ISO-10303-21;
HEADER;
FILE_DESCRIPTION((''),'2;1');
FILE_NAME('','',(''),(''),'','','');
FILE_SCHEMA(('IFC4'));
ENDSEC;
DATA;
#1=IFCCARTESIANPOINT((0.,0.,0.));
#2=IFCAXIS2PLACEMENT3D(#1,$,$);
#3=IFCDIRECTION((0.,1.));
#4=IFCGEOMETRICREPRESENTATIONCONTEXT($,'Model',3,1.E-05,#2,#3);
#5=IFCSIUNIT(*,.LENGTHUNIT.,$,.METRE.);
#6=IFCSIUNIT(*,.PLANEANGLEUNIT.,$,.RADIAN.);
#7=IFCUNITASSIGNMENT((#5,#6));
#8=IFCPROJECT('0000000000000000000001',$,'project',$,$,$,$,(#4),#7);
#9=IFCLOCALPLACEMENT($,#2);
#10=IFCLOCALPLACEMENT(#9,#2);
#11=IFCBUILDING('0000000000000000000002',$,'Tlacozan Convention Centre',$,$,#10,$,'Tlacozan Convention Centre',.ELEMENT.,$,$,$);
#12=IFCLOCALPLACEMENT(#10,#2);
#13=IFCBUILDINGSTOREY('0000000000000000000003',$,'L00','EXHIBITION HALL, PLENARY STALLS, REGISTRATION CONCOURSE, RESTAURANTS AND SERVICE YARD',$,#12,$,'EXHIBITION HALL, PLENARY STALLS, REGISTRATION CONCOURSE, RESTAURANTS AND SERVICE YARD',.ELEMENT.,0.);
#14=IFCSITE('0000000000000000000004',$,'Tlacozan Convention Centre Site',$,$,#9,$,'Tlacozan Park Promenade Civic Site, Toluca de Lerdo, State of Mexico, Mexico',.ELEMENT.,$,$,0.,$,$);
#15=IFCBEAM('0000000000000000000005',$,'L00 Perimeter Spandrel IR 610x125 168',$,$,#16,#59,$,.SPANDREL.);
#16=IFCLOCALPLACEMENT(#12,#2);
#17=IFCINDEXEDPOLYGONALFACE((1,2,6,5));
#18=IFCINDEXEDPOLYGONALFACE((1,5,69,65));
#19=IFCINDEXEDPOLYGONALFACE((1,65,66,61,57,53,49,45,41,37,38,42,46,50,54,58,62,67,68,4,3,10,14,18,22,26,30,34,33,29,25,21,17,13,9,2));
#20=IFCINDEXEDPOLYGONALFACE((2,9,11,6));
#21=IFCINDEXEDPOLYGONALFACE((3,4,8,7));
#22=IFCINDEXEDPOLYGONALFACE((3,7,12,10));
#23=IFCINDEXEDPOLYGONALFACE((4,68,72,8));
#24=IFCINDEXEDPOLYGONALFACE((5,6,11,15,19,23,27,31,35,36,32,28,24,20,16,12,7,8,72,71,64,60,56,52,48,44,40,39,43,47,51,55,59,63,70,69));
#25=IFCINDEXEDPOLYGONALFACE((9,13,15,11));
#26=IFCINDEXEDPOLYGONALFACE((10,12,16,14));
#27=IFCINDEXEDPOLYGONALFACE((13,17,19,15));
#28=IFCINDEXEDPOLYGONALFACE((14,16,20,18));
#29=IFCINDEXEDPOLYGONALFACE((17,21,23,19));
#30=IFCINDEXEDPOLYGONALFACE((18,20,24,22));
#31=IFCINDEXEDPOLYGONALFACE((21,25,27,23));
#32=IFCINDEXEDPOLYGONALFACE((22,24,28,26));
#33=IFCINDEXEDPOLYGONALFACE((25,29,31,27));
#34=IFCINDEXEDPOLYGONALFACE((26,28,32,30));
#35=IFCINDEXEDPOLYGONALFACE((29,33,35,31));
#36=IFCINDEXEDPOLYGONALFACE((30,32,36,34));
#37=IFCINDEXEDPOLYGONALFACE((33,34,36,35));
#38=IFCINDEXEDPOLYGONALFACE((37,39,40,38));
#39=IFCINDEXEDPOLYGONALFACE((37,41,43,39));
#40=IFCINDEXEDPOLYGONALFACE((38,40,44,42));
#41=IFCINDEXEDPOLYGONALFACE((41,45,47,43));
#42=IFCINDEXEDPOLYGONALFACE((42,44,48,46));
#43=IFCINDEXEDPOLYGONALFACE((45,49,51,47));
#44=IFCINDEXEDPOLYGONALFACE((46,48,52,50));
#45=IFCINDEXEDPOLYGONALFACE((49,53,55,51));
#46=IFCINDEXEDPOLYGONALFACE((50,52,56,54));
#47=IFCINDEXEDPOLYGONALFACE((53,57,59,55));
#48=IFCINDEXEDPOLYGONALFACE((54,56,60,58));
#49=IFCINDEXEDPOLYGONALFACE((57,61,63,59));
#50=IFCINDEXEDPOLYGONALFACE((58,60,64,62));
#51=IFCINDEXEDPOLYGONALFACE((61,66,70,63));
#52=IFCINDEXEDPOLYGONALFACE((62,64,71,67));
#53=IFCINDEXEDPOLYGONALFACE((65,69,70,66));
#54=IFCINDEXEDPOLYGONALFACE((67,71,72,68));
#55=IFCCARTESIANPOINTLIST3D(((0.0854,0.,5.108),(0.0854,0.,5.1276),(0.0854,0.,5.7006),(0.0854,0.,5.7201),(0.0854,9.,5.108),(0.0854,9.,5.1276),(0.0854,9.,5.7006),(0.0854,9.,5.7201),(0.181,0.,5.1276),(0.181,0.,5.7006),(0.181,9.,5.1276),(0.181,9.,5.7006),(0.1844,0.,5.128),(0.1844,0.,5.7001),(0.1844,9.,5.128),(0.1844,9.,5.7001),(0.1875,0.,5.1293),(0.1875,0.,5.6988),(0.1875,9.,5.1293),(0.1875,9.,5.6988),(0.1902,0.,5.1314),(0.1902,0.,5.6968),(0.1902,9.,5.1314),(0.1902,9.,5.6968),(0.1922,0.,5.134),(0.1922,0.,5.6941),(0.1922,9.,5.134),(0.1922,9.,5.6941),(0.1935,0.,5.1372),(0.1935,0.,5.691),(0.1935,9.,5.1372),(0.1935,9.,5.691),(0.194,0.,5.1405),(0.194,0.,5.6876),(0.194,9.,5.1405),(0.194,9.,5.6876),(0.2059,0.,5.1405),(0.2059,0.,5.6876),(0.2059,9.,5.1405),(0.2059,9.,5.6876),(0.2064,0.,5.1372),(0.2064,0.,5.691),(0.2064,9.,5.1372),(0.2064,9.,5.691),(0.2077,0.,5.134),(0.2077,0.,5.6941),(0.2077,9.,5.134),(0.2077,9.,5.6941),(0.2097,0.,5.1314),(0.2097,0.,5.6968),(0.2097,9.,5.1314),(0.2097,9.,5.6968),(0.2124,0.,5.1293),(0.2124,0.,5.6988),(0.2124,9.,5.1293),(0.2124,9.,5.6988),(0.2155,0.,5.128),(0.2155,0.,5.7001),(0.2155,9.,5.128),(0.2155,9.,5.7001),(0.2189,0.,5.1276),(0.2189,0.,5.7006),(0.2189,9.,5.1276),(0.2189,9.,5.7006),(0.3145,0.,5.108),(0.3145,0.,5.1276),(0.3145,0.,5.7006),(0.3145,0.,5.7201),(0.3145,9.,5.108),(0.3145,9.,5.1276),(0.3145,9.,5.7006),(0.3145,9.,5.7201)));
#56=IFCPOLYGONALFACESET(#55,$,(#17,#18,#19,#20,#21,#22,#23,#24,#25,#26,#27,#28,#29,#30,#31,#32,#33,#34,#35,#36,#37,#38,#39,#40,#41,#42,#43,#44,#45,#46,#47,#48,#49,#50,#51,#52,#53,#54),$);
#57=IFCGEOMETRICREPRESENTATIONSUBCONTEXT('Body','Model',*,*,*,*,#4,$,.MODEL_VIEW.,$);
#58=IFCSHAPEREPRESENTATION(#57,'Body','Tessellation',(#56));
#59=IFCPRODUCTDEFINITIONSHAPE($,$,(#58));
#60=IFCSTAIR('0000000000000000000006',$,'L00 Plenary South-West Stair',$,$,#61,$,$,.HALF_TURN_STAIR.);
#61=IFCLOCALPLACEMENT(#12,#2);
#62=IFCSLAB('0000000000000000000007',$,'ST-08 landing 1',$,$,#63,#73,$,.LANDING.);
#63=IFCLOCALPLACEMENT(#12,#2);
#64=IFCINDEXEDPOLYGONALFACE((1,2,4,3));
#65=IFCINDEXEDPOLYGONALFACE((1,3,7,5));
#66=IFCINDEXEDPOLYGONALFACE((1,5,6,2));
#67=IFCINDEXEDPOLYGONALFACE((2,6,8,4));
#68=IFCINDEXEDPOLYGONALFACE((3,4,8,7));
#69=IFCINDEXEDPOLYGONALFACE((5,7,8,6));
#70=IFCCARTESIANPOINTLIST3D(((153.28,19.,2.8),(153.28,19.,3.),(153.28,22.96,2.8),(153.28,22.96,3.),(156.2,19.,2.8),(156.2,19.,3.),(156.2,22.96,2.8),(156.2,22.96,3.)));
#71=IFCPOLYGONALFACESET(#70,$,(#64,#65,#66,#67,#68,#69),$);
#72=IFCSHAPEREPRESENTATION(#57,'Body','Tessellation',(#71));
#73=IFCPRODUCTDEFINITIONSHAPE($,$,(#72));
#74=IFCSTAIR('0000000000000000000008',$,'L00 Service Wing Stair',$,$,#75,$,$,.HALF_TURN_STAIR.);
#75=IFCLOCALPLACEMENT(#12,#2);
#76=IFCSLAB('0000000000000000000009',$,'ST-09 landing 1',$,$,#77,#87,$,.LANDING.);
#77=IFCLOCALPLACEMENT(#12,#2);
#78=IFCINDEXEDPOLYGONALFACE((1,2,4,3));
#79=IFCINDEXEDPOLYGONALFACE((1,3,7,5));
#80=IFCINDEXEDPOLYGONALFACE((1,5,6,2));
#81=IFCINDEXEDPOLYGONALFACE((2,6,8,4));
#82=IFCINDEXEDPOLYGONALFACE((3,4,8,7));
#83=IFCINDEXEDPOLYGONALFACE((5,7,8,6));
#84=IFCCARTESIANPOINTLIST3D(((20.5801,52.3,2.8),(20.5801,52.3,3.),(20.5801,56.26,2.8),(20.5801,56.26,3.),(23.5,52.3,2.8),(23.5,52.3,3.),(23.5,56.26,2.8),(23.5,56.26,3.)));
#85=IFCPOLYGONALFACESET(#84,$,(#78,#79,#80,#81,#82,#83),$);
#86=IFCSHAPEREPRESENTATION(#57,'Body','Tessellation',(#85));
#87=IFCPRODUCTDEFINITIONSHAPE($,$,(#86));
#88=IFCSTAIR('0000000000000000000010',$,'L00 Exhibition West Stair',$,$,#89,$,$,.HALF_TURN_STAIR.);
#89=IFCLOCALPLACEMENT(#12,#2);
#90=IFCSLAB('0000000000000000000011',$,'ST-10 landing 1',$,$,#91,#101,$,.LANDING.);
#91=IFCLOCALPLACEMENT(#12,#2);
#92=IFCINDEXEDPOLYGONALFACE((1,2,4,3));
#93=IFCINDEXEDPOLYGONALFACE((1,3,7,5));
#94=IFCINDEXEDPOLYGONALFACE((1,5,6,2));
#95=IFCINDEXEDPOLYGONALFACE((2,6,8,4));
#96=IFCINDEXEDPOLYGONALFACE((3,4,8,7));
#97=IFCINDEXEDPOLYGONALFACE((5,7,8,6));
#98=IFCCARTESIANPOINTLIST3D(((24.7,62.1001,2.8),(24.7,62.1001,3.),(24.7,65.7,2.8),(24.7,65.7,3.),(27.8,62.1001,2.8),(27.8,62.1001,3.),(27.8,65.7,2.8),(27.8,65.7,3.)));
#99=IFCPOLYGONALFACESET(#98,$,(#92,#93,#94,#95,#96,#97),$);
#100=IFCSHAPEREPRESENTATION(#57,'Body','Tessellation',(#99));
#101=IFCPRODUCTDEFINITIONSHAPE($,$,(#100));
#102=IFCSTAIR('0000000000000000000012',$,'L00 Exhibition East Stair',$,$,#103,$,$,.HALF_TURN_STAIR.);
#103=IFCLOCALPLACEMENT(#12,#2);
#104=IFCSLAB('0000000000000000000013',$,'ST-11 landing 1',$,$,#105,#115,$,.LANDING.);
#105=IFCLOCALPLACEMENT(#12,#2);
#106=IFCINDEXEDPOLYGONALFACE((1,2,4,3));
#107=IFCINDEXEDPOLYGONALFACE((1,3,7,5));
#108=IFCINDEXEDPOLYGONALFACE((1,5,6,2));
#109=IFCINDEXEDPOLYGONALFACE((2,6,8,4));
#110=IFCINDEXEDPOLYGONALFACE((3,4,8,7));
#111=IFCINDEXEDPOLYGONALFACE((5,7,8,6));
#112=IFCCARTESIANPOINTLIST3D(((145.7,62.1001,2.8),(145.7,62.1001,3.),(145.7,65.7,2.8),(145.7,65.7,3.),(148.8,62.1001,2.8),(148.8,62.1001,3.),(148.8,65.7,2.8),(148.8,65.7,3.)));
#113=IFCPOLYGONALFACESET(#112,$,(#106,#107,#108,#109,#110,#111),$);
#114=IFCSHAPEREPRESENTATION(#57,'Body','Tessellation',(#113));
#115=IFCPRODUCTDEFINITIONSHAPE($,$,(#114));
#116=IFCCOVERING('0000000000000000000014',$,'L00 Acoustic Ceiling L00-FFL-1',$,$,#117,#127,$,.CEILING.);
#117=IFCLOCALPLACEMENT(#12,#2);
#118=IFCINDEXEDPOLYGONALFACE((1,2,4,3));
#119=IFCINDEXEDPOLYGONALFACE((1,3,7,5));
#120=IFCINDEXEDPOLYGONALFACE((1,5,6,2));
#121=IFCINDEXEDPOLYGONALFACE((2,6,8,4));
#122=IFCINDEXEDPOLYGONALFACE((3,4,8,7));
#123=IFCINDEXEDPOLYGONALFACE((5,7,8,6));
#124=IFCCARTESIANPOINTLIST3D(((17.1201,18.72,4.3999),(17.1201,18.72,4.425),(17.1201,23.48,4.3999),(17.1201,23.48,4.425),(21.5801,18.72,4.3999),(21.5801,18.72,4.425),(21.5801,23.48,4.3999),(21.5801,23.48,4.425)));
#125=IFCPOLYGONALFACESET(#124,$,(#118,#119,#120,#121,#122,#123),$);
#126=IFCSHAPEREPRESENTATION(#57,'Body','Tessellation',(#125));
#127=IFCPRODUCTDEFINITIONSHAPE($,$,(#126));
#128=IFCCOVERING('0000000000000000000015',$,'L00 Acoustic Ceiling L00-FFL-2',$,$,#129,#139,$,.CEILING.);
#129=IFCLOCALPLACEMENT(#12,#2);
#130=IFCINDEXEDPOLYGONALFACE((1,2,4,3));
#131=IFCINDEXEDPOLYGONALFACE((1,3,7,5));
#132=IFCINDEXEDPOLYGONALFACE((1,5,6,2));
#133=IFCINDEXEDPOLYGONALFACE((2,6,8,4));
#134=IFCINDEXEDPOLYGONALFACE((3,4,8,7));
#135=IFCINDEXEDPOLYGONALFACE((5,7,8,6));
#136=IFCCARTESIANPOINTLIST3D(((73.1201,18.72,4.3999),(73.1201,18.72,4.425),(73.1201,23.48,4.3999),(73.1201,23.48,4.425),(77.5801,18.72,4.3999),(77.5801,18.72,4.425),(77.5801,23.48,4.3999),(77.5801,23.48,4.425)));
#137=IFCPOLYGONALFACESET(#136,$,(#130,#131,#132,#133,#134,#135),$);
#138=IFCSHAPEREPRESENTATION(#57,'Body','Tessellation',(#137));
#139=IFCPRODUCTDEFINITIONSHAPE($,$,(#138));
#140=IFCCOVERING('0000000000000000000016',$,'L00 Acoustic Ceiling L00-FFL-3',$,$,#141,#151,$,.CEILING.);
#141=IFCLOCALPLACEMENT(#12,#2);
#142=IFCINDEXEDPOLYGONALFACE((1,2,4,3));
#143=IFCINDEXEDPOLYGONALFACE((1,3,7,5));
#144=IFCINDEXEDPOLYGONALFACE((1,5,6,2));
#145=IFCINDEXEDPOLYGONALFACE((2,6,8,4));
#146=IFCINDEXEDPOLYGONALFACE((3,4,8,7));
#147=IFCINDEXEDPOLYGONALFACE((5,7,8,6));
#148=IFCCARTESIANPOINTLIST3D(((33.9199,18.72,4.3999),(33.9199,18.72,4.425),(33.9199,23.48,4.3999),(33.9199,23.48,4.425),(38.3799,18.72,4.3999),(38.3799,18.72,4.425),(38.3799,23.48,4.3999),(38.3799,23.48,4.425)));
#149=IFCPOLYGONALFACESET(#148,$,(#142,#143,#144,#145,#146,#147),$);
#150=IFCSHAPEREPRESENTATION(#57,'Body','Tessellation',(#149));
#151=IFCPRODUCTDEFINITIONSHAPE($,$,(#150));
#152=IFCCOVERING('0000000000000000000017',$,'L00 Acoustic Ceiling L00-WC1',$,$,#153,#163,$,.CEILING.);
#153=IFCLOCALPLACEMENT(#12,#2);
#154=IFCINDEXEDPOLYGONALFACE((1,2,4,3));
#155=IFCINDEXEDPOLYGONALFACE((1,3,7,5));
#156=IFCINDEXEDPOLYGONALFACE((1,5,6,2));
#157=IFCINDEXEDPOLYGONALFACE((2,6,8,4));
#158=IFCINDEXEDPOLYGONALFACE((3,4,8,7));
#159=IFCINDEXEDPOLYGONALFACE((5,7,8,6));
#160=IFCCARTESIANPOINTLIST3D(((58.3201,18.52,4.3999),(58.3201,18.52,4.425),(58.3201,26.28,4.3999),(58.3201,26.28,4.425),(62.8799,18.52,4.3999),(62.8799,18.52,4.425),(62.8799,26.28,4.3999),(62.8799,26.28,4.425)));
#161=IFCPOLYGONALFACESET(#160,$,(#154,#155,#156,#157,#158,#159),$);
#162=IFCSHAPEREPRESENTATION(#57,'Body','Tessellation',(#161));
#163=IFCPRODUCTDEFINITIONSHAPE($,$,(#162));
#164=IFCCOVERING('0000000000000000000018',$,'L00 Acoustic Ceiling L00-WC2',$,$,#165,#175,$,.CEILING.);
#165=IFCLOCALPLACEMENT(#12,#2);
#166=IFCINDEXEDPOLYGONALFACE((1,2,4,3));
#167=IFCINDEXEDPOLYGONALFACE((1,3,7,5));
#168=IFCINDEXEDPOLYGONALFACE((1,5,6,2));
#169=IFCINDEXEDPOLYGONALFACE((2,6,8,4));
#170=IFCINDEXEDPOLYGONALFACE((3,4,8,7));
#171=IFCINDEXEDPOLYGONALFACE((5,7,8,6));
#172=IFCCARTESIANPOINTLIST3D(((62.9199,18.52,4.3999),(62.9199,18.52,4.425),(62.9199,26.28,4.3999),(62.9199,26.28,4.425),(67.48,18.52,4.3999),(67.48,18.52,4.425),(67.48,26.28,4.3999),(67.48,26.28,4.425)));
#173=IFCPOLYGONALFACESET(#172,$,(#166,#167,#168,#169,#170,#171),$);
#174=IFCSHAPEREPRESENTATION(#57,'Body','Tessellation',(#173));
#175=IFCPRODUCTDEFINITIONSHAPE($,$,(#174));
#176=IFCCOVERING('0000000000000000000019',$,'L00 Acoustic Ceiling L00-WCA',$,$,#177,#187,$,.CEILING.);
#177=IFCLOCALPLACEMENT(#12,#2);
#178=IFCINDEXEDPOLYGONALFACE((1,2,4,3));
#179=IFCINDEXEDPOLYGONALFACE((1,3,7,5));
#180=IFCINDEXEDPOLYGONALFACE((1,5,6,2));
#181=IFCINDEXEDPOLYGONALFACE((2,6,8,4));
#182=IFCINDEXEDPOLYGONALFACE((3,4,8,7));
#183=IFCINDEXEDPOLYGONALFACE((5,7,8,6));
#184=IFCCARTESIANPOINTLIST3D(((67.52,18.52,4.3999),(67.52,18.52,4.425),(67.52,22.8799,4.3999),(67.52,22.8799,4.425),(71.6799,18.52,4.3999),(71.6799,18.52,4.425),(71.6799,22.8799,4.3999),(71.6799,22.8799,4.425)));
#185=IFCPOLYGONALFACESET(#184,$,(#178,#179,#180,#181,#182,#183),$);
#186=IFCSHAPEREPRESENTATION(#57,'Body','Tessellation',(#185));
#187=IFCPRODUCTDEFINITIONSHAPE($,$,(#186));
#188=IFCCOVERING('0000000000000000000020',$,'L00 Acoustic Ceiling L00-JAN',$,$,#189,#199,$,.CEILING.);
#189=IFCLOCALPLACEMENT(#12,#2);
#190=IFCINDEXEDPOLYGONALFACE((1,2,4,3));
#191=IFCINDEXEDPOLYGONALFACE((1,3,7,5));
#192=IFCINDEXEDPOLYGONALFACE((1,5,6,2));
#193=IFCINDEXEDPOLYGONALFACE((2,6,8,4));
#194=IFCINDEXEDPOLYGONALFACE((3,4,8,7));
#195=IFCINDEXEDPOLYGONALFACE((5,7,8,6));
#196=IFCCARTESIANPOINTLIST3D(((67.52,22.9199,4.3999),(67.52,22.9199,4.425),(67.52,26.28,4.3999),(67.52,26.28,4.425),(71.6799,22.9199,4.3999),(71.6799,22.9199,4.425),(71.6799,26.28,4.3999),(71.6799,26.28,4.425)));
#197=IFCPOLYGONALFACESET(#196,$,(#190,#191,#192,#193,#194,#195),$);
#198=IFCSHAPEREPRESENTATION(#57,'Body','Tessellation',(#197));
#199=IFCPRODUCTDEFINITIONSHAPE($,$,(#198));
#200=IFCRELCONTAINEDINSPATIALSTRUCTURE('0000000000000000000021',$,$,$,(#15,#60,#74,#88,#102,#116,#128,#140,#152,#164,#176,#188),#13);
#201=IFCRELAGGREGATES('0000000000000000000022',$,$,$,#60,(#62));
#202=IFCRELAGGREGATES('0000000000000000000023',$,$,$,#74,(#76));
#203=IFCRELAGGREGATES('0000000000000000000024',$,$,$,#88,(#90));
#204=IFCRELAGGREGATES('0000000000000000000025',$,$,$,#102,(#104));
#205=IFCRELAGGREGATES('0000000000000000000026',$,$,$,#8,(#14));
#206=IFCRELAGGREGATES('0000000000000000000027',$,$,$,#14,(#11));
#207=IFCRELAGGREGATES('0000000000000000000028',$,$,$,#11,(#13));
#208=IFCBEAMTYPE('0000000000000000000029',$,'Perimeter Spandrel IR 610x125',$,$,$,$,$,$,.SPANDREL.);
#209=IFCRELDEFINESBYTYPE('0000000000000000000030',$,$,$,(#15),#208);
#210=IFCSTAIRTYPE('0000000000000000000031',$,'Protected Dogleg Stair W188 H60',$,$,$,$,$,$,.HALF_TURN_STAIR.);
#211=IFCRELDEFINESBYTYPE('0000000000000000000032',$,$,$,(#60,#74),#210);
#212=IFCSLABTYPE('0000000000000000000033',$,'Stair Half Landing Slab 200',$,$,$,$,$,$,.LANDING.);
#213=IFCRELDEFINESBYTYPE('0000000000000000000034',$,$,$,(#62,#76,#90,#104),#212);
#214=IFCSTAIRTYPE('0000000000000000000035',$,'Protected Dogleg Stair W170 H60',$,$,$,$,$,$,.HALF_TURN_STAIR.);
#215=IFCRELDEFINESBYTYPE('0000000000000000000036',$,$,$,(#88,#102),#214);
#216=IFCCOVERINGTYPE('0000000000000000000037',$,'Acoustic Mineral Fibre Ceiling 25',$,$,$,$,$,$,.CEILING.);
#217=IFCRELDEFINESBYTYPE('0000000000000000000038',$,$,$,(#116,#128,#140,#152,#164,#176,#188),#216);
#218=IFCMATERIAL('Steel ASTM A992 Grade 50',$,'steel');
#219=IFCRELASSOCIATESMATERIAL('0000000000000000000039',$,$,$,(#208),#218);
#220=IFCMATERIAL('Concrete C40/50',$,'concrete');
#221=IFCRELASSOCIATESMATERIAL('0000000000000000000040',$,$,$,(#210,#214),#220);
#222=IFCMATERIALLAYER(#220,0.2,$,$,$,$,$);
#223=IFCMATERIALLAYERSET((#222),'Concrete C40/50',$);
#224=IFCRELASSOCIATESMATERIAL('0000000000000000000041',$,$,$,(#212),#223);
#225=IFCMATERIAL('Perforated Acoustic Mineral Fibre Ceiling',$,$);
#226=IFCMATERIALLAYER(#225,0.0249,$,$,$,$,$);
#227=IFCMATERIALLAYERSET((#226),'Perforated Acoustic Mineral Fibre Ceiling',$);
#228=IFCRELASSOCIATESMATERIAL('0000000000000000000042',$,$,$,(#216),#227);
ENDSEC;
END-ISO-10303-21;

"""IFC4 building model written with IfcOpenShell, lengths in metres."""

from ifc_helpers import new_model, si_unit, direction, frame, origin, origin_2d, place, context, subcontext, project, spatial, polyline, i_section, outline, extrude, material, layer, layer_set, material_profile, profile_set, type_object, element, aggregate, save


model = new_model("IFC4")

# Units and contexts
model_context = context("Model", 3, precision=1e-05, world=origin(), true_north=direction((0.0, 1.0)))
body_context = subcontext(model_context, "Body", "Model", "MODEL_VIEW")
ifc_project = project(units=[si_unit("LENGTHUNIT", "METRE"), si_unit("PLANEANGLEUNIT", "RADIAN")], contexts=[model_context])

# Site, building, storey
site_placement = place(None, origin())
site = spatial("IfcSite", under=ifc_project, at=site_placement, Name="Tlacozan Convention Centre Site", LongName="Tlacozan Park Promenade Civic Site, Toluca de Lerdo, State of Mexico, Mexico", CompositionType="ELEMENT", RefElevation=0.0)
building_placement = place(site_placement, origin())
building = spatial("IfcBuilding", under=site, at=building_placement, Name="Tlacozan Convention Centre", LongName="Tlacozan Convention Centre", CompositionType="ELEMENT")
storey_placement = place(building_placement, origin())
storey = spatial("IfcBuildingStorey", under=building, at=storey_placement, Name="L00", Description="EXHIBITION HALL, PLENARY STALLS, REGISTRATION CONCOURSE, RESTAURANTS AND SERVICE YARD", LongName="EXHIBITION HALL, PLENARY STALLS, REGISTRATION CONCOURSE, RESTAURANTS AND SERVICE YARD", CompositionType="ELEMENT", Elevation=0.0)

# Shared definitions
ifc_material_1 = material(Name="Concrete C40/50", Category="concrete")

# Beam
ifc_material_2 = material(Name="Steel ASTM A992 Grade 50", Category="steel")
ifc_material_profile_1 = material_profile(ifc_material_2, i_section(OverallWidth=0.229, OverallDepth=0.6121, WebThickness=0.012, FlangeThickness=0.0195, FilletRadius=0.0129, at=origin_2d()), Name="IR 610x125.0")
ifc_profile_set_1 = profile_set([ifc_material_profile_1], Name="Steel ASTM A992 Grade 50")
beam_type_1 = type_object("IfcBeamType", Name="Perimeter Spandrel IR 610x125", PredefinedType="SPANDREL", material=ifc_profile_set_1)
beam_1_placement = place(storey_placement, frame((0.2, 0.0, 5.4141), z_axis=(0.0, 1.0, 0.0), x_axis=(-1.0, 0.0, 0.0)))
element("IfcBeam", 1, at=beam_1_placement, inside=storey, type_object=beam_type_1, Name="L00 Perimeter Spandrel IR 610x125 168", PredefinedType="SPANDREL", context=body_context, shape_type="SweptSolid", body=[
    extrude(i_section(OverallWidth=0.229, OverallDepth=0.6121, WebThickness=0.012, FlangeThickness=0.0195, FilletRadius=0.0129, at=origin_2d()), origin(), (0.0, 0.0, 1.0), 9.0),
])

# Stairs, slabs
stair_type_1 = type_object("IfcStairType", Name="Protected Dogleg Stair W188 H60", PredefinedType="HALF_TURN_STAIR", material=ifc_material_1)
stair_1_placement = place(storey_placement, origin())
stair_1 = element("IfcStair", 2, at=stair_1_placement, inside=storey, type_object=stair_type_1, Name="L00 Plenary South-West Stair", PredefinedType="HALF_TURN_STAIR")
ifc_layer_1 = layer(ifc_material_1, 0.2)
ifc_layer_set_1 = layer_set([ifc_layer_1], Name="Concrete C40/50")
slab_type = type_object("IfcSlabType", Name="Stair Half Landing Slab 200", PredefinedType="LANDING", material=ifc_layer_set_1)
slab_1_placement = place(storey_placement, frame((0.0, 0.0, 2.8)))
slab_1 = element("IfcSlab", 3, at=slab_1_placement, type_object=slab_type, Name="ST-08 landing 1", PredefinedType="LANDING", context=body_context, shape_type="SweptSolid", body=[
    extrude(outline(polyline([(153.28, 19.0), (156.2, 19.0), (156.2, 22.96), (153.28, 22.96), (153.28, 19.0)])), origin(), (0.0, 0.0, 1.0), 0.2),
])
aggregate(stair_1, [slab_1])
stair_2_placement = place(storey_placement, origin())
stair_2 = element("IfcStair", 4, at=stair_2_placement, inside=storey, type_object=stair_type_1, Name="L00 Service Wing Stair", PredefinedType="HALF_TURN_STAIR")
slab_2_placement = place(storey_placement, frame((0.0, 0.0, 2.8)))
slab_2 = element("IfcSlab", 5, at=slab_2_placement, type_object=slab_type, Name="ST-09 landing 1", PredefinedType="LANDING", context=body_context, shape_type="SweptSolid", body=[
    extrude(outline(polyline([(20.5801, 52.3), (23.5, 52.3), (23.5, 56.26), (20.5801, 56.26), (20.5801, 52.3)])), origin(), (0.0, 0.0, 1.0), 0.2),
])
aggregate(stair_2, [slab_2])
stair_type_2 = type_object("IfcStairType", Name="Protected Dogleg Stair W170 H60", PredefinedType="HALF_TURN_STAIR", material=ifc_material_1)
stair_3_placement = place(storey_placement, origin())
stair_3 = element("IfcStair", 6, at=stair_3_placement, inside=storey, type_object=stair_type_2, Name="L00 Exhibition West Stair", PredefinedType="HALF_TURN_STAIR")
slab_3_placement = place(storey_placement, frame((0.0, 0.0, 2.8)))
slab_3 = element("IfcSlab", 7, at=slab_3_placement, type_object=slab_type, Name="ST-10 landing 1", PredefinedType="LANDING", context=body_context, shape_type="SweptSolid", body=[
    extrude(outline(polyline([(24.7, 62.1001), (27.8, 62.1001), (27.8, 65.7), (24.7, 65.7), (24.7, 62.1001)])), origin(), (0.0, 0.0, 1.0), 0.2),
])
aggregate(stair_3, [slab_3])
stair_4_placement = place(storey_placement, origin())
stair_4 = element("IfcStair", 8, at=stair_4_placement, inside=storey, type_object=stair_type_2, Name="L00 Exhibition East Stair", PredefinedType="HALF_TURN_STAIR")
slab_4_placement = place(storey_placement, frame((0.0, 0.0, 2.8)))
slab_4 = element("IfcSlab", 9, at=slab_4_placement, type_object=slab_type, Name="ST-11 landing 1", PredefinedType="LANDING", context=body_context, shape_type="SweptSolid", body=[
    extrude(outline(polyline([(145.7, 62.1001), (148.8, 62.1001), (148.8, 65.7), (145.7, 65.7), (145.7, 62.1001)])), origin(), (0.0, 0.0, 1.0), 0.2),
])
aggregate(stair_4, [slab_4])

# Coverings
ifc_material_3 = material(Name="Perforated Acoustic Mineral Fibre Ceiling")
ifc_layer_2 = layer(ifc_material_3, 0.0249)
ifc_layer_set_2 = layer_set([ifc_layer_2], Name="Perforated Acoustic Mineral Fibre Ceiling")
covering_type_1 = type_object("IfcCoveringType", Name="Acoustic Mineral Fibre Ceiling 25", PredefinedType="CEILING", material=ifc_layer_set_2)
covering_1_placement = place(storey_placement, frame((0.0, 0.0, 4.3999)))
element("IfcCovering", 10, at=covering_1_placement, inside=storey, type_object=covering_type_1, Name="L00 Acoustic Ceiling L00-FFL-1", PredefinedType="CEILING", context=body_context, shape_type="SweptSolid", body=[
    extrude(outline(polyline([(17.1201, 18.72), (21.5801, 18.72), (21.5801, 23.48), (17.1201, 23.48), (17.1201, 18.72)])), origin(), (0.0, 0.0, 1.0), 0.0251),
])
covering_2_placement = place(storey_placement, frame((0.0, 0.0, 4.3999)))
element("IfcCovering", 11, at=covering_2_placement, inside=storey, type_object=covering_type_1, Name="L00 Acoustic Ceiling L00-FFL-2", PredefinedType="CEILING", context=body_context, shape_type="SweptSolid", body=[
    extrude(outline(polyline([(73.1201, 18.72), (77.5801, 18.72), (77.5801, 23.48), (73.1201, 23.48), (73.1201, 18.72)])), origin(), (0.0, 0.0, 1.0), 0.0251),
])
covering_3_placement = place(storey_placement, frame((0.0, 0.0, 4.3999)))
element("IfcCovering", 12, at=covering_3_placement, inside=storey, type_object=covering_type_1, Name="L00 Acoustic Ceiling L00-FFL-3", PredefinedType="CEILING", context=body_context, shape_type="SweptSolid", body=[
    extrude(outline(polyline([(33.9199, 18.72), (38.3799, 18.72), (38.3799, 23.48), (33.9199, 23.48), (33.9199, 18.72)])), origin(), (0.0, 0.0, 1.0), 0.0251),
])
covering_4_placement = place(storey_placement, frame((0.0, 0.0, 4.3999)))
element("IfcCovering", 13, at=covering_4_placement, inside=storey, type_object=covering_type_1, Name="L00 Acoustic Ceiling L00-WC1", PredefinedType="CEILING", context=body_context, shape_type="SweptSolid", body=[
    extrude(outline(polyline([(58.3201, 18.52), (62.8799, 18.52), (62.8799, 26.28), (58.3201, 26.28), (58.3201, 18.52)])), origin(), (0.0, 0.0, 1.0), 0.0251),
])
covering_5_placement = place(storey_placement, frame((0.0, 0.0, 4.3999)))
element("IfcCovering", 14, at=covering_5_placement, inside=storey, type_object=covering_type_1, Name="L00 Acoustic Ceiling L00-WC2", PredefinedType="CEILING", context=body_context, shape_type="SweptSolid", body=[
    extrude(outline(polyline([(62.9199, 18.52), (67.48, 18.52), (67.48, 26.28), (62.9199, 26.28), (62.9199, 18.52)])), origin(), (0.0, 0.0, 1.0), 0.0251),
])
covering_6_placement = place(storey_placement, frame((0.0, 0.0, 4.3999)))
element("IfcCovering", 15, at=covering_6_placement, inside=storey, type_object=covering_type_1, Name="L00 Acoustic Ceiling L00-WCA", PredefinedType="CEILING", context=body_context, shape_type="SweptSolid", body=[
    extrude(outline(polyline([(67.52, 18.52), (71.6799, 18.52), (71.6799, 22.8799), (67.52, 22.8799), (67.52, 18.52)])), origin(), (0.0, 0.0, 1.0), 0.0251),
])
covering_7_placement = place(storey_placement, frame((0.0, 0.0, 4.3999)))
element("IfcCovering", 16, at=covering_7_placement, inside=storey, type_object=covering_type_1, Name="L00 Acoustic Ceiling L00-JAN", PredefinedType="CEILING", context=body_context, shape_type="SweptSolid", body=[
    extrude(outline(polyline([(67.52, 22.9199), (71.6799, 22.9199), (71.6799, 26.28), (67.52, 26.28), (67.52, 22.9199)])), origin(), (0.0, 0.0, 1.0), 0.0251),
])

save(model, "model.ifc")
